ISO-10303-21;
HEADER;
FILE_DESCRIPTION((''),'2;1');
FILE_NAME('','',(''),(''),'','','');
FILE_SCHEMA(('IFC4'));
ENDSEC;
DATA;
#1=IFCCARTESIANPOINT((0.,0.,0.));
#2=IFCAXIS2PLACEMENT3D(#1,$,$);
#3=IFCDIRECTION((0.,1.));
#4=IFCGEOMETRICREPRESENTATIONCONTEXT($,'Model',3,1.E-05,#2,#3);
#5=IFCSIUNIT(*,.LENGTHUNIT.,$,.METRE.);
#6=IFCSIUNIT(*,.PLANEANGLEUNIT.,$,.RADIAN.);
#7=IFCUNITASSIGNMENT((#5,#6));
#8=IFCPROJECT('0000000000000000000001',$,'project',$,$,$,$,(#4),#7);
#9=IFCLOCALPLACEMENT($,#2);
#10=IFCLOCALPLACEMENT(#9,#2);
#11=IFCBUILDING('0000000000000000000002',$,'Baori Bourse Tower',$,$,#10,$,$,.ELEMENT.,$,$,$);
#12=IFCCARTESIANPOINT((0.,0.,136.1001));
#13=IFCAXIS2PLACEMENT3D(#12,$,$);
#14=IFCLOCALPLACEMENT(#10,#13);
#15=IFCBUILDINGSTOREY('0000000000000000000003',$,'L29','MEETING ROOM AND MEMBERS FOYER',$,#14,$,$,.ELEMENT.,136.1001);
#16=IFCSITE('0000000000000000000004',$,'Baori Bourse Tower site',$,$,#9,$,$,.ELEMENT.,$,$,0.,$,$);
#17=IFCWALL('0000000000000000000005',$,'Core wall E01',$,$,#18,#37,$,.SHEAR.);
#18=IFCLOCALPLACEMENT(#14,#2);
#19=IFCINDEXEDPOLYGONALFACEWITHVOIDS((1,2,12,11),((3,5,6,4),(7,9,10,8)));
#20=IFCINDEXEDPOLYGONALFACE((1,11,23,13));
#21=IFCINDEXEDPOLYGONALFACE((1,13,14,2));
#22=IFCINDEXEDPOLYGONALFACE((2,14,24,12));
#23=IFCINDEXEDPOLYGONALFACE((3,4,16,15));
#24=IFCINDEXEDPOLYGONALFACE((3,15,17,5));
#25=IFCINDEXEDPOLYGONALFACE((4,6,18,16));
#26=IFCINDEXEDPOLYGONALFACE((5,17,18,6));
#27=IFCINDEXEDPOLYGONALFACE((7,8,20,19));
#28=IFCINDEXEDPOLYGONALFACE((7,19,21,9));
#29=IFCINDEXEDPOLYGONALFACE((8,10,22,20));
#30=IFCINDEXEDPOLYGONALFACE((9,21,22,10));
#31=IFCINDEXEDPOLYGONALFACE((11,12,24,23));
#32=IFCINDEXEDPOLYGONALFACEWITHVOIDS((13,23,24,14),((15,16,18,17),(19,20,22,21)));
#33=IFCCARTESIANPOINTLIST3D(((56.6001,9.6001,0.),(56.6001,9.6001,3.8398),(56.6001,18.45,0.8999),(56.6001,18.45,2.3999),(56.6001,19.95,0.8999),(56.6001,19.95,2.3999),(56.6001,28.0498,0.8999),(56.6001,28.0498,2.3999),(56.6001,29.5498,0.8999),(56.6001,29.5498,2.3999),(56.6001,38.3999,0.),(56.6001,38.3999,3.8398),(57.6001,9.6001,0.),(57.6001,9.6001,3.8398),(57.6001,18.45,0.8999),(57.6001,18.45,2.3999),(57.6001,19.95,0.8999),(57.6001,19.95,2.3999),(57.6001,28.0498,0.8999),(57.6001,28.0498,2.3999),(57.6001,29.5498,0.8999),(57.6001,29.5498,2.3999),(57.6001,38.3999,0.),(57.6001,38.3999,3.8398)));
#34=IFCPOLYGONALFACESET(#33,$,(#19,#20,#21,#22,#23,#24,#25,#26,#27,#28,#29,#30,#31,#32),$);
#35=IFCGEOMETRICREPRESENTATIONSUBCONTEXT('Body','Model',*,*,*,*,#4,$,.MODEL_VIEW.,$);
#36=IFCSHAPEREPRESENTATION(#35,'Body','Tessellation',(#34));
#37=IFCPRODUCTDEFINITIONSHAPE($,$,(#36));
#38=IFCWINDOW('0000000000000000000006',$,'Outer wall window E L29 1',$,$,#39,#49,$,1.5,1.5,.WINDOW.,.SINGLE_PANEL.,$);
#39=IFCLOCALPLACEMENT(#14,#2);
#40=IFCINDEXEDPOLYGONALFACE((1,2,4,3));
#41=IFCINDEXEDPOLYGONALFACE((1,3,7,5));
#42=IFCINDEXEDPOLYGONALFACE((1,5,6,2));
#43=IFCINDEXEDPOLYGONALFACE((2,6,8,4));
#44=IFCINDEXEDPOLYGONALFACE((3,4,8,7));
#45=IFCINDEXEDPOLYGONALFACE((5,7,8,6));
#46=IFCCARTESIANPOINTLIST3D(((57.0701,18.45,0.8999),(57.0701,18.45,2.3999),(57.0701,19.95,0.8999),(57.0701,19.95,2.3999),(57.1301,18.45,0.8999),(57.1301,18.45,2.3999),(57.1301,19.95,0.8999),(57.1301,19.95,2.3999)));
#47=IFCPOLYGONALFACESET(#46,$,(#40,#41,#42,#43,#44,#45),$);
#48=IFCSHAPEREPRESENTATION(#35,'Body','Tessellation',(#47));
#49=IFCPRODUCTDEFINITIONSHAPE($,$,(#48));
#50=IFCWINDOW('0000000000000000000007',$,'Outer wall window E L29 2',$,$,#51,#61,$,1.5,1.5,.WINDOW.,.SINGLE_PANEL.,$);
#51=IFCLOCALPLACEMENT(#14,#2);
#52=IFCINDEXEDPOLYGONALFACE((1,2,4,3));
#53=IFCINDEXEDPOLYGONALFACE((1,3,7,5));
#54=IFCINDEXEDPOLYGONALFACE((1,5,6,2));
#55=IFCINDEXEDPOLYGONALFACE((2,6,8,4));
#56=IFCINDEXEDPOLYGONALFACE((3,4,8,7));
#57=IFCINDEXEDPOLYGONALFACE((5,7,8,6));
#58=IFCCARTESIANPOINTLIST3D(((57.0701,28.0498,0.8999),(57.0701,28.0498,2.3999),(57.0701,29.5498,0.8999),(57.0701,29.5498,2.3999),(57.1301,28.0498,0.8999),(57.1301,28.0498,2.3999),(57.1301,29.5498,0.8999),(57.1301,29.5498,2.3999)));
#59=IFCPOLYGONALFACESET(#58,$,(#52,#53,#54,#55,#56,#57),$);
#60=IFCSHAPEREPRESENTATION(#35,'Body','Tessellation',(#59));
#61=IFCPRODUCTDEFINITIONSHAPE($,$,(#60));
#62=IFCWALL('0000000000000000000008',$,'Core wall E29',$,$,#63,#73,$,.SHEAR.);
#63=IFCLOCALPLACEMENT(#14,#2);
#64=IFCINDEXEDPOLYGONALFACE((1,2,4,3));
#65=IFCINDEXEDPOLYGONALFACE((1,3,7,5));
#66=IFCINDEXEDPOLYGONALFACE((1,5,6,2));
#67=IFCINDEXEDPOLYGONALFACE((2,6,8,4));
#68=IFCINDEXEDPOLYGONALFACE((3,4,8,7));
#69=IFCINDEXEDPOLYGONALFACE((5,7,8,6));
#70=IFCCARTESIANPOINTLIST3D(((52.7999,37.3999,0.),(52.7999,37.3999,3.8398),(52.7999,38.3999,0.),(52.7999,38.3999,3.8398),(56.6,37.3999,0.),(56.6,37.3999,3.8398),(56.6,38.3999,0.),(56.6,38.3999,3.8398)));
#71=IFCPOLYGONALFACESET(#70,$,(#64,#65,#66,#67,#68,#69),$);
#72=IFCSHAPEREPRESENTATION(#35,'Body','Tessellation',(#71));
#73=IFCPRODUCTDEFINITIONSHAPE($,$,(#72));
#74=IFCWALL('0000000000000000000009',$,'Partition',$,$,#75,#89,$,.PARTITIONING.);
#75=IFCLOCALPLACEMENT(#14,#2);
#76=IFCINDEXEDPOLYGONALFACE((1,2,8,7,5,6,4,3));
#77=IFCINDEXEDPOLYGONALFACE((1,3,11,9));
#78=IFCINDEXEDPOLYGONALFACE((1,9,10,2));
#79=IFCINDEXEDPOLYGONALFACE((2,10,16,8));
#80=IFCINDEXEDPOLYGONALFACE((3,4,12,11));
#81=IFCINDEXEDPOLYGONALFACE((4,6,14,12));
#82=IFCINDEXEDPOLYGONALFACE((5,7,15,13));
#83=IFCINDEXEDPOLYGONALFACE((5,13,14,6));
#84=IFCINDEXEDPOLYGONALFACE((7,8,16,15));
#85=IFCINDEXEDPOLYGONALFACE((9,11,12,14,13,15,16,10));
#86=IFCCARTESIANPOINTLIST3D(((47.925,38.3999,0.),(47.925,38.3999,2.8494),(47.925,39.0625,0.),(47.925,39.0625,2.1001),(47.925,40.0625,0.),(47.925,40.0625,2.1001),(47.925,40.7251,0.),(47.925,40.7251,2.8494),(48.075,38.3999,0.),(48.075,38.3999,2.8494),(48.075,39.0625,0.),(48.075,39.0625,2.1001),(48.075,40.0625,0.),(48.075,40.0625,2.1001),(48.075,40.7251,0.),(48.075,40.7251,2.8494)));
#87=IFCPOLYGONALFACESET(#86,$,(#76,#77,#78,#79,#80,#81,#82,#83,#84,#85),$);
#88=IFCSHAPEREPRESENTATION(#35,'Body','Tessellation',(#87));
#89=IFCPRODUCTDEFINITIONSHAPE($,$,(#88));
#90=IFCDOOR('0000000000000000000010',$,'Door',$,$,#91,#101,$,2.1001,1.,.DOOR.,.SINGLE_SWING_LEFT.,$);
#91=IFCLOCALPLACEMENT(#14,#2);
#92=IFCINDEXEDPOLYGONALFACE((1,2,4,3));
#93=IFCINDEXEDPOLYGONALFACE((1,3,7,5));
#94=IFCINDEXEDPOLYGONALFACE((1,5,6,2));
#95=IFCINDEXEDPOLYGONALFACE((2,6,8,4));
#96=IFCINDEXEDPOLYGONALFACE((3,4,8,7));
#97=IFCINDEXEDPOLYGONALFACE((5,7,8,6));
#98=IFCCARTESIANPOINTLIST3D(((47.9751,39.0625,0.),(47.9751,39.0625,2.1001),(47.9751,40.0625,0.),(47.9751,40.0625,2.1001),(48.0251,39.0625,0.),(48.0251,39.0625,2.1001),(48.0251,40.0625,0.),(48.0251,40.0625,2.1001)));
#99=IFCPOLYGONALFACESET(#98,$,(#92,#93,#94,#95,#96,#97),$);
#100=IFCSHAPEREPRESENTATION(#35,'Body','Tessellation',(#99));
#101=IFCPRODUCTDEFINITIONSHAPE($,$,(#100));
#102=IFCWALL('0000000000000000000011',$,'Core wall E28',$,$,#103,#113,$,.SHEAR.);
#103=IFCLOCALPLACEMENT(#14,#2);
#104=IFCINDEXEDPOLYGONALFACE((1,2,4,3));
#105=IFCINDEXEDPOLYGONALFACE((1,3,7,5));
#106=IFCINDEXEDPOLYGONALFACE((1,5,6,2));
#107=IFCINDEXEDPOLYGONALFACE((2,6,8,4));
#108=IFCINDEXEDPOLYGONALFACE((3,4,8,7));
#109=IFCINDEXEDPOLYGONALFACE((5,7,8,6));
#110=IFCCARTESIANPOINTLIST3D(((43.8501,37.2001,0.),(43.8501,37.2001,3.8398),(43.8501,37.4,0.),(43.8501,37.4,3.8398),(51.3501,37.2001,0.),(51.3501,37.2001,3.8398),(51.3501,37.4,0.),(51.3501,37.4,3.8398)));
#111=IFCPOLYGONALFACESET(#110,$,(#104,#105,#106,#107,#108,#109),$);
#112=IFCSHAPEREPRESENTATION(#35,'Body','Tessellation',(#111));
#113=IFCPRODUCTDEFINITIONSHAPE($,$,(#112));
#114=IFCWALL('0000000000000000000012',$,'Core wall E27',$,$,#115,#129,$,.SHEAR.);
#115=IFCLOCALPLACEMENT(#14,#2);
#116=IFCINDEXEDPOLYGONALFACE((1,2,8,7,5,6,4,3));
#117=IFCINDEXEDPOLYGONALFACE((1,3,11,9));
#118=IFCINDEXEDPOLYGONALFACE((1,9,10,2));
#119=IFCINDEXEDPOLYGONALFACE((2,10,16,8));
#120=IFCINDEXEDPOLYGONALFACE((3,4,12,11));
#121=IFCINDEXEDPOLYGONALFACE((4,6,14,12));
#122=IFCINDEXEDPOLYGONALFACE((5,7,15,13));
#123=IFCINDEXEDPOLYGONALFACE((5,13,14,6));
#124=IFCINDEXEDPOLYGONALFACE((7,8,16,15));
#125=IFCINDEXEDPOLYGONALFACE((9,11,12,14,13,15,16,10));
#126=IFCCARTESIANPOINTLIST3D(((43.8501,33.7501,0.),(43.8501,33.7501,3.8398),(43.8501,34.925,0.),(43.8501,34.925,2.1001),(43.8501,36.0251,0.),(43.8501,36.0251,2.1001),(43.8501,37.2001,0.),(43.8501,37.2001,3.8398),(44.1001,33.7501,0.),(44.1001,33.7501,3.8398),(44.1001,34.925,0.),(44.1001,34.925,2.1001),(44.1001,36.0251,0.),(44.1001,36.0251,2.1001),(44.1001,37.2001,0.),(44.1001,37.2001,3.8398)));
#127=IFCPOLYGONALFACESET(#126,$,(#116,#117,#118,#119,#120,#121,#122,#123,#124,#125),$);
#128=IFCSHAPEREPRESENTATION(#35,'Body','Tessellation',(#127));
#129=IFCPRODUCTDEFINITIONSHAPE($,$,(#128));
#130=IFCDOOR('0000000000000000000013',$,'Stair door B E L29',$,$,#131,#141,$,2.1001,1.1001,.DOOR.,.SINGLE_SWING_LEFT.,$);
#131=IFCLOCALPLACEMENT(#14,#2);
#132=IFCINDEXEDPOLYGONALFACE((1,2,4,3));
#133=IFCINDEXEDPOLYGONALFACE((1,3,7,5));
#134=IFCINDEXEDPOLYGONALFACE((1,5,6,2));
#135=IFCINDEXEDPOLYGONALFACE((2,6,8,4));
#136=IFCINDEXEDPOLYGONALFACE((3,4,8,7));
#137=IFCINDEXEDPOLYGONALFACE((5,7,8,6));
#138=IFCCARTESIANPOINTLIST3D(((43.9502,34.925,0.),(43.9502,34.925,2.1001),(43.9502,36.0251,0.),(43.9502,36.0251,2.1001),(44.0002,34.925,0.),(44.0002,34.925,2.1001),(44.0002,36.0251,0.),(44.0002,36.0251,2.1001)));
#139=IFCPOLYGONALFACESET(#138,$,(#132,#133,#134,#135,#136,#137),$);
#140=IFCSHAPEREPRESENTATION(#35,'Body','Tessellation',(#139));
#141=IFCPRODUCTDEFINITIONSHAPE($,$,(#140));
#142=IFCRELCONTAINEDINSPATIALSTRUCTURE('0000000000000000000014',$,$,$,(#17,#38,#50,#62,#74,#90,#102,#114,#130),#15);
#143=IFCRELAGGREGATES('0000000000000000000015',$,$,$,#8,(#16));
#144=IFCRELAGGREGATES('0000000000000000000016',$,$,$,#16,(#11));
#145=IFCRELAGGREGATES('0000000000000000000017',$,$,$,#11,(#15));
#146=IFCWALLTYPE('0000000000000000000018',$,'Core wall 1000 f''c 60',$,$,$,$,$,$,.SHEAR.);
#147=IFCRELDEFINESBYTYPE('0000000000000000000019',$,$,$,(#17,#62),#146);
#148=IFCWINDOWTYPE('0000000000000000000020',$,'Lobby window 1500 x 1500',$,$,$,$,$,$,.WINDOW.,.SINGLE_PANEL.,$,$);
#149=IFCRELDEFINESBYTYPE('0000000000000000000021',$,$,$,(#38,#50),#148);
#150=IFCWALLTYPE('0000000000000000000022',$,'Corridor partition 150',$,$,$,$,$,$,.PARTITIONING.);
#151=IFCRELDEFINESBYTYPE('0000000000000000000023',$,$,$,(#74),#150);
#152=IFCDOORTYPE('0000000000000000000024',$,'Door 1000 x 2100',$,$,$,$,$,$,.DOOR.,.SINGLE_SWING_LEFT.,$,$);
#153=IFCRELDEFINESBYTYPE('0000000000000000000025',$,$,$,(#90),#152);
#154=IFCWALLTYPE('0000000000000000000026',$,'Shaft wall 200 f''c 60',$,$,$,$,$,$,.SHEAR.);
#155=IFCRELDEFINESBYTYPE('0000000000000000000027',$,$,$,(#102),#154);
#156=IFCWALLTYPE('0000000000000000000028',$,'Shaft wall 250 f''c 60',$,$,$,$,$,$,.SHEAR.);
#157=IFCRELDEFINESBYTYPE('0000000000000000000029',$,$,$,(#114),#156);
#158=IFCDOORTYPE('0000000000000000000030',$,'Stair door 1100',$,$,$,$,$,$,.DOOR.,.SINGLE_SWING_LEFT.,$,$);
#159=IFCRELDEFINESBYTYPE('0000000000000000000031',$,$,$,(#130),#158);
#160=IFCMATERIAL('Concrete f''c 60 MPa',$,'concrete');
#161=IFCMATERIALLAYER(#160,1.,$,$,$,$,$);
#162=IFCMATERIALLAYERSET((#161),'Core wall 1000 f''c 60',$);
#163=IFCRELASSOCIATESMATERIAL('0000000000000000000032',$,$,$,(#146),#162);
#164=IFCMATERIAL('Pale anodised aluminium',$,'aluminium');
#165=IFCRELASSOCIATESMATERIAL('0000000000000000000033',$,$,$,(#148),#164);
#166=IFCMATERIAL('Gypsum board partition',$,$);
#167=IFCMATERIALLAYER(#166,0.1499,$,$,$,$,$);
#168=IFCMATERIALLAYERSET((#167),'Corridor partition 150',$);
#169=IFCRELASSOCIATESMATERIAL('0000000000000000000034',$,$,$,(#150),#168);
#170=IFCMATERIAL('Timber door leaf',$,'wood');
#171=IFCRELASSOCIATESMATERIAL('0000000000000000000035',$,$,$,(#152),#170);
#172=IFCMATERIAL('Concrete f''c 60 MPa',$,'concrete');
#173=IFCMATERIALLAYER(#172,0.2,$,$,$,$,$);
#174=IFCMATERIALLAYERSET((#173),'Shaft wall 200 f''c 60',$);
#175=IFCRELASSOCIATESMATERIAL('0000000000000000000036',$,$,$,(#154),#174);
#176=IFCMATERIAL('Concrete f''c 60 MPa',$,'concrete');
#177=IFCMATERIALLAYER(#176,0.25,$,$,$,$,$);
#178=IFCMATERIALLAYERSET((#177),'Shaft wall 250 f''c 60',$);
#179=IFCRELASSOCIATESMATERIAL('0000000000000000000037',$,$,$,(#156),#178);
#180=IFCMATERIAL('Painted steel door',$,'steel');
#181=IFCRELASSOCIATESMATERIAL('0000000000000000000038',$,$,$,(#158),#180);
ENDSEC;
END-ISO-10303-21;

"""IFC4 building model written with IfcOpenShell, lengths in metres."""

from ifc_helpers import new_model, si_unit, direction, frame, frame_2d, origin, place, context, subcontext, project, spatial, rectangle, extrude, material, layer, layer_set, type_object, element, fill, save


model = new_model("IFC4")

# Units and contexts
model_context = context("Model", 3, precision=1e-05, world=origin(), true_north=direction((0.0, 1.0)))
body_context = subcontext(model_context, "Body", "Model", "MODEL_VIEW")
ifc_project = project(units=[si_unit("LENGTHUNIT", "METRE"), si_unit("PLANEANGLEUNIT", "RADIAN")], contexts=[model_context])

# Site, building, storey
site_placement = place(None, origin())
site = spatial("IfcSite", under=ifc_project, at=site_placement, Name="Baori Bourse Tower site", CompositionType="ELEMENT", RefElevation=0.0)
building_placement = place(site_placement, origin())
building = spatial("IfcBuilding", under=site, at=building_placement, Name="Baori Bourse Tower", CompositionType="ELEMENT")
storey_placement = place(building_placement, frame((0.0, 0.0, 136.1001)))
storey = spatial("IfcBuildingStorey", under=building, at=storey_placement, Name="L29", Description="MEETING ROOM AND MEMBERS FOYER", CompositionType="ELEMENT", Elevation=136.1001)

# Wall, openings, windows
ifc_material_1 = material(Name="Concrete f'c 60 MPa", Category="concrete")
ifc_layer_1 = layer(ifc_material_1, 1.0)
ifc_layer_set_1 = layer_set([ifc_layer_1], Name="Core wall 1000 f'c 60")
wall_type_1 = type_object("IfcWallType", Name="Core wall 1000 f'c 60", PredefinedType="SHEAR", material=ifc_layer_set_1)
wall_1_placement = place(storey_placement, frame((57.1001, 38.3999, 0.0), z_axis=(0.0, 0.0, 1.0), x_axis=(0.0, -1.0, 0.0)))
wall_1 = element("IfcWall", 1, at=wall_1_placement, inside=storey, type_object=wall_type_1, Name="Core wall E01", PredefinedType="SHEAR", context=body_context, shape_type="SweptSolid", body=[
    extrude(rectangle(XDim=28.7998, YDim=1.0, at=frame_2d((14.3999, 0.0))), origin(), (0.0, 0.0, 1.0), 3.8398),
])
opening_1_placement = place(wall_1_placement, frame((18.45, 0.0, 0.8999)))
opening_1 = element("IfcOpeningElement", 2, at=opening_1_placement, cuts=wall_1, PredefinedType="OPENING", context=body_context, shape_type="SweptSolid", body=[
    extrude(rectangle(XDim=1.5, YDim=1.5, at=frame_2d((0.75, 0.75))), frame((0.0, 0.51, 0.0), z_axis=(0.0, -1.0, 0.0), x_axis=(1.0, 0.0, 0.0)), (0.0, 0.0, 1.0), 1.02),
])
opening_2_placement = place(wall_1_placement, frame((8.8501, 0.0, 0.8999)))
opening_2 = element("IfcOpeningElement", 3, at=opening_2_placement, cuts=wall_1, PredefinedType="OPENING", context=body_context, shape_type="SweptSolid", body=[
    extrude(rectangle(XDim=1.5, YDim=1.5, at=frame_2d((0.75, 0.75))), frame((0.0, 0.51, 0.0), z_axis=(0.0, -1.0, 0.0), x_axis=(1.0, 0.0, 0.0)), (0.0, 0.0, 1.0), 1.02),
])
ifc_material_2 = material(Name="Pale anodised aluminium", Category="aluminium")
window_type = type_object("IfcWindowType", Name="Lobby window 1500 x 1500", PartitioningType="SINGLE_PANEL", PredefinedType="WINDOW", material=ifc_material_2)
window_1_placement = place(opening_1_placement, origin())
window_1 = element("IfcWindow", 4, at=window_1_placement, inside=storey, type_object=window_type, Name="Outer wall window E L29 1", OverallHeight=1.5, OverallWidth=1.5, PartitioningType="SINGLE_PANEL", PredefinedType="WINDOW", context=body_context, shape_type="SweptSolid", body=[
    extrude(rectangle(XDim=1.5, YDim=1.5, at=frame_2d((0.75, 0.75))), frame((0.0, 0.03, 0.0), z_axis=(0.0, -1.0, 0.0), x_axis=(1.0, 0.0, 0.0)), (0.0, 0.0, 1.0), 0.0601),
])
fill(opening_1, window_1)
window_2_placement = place(opening_2_placement, origin())
window_2 = element("IfcWindow", 5, at=window_2_placement, inside=storey, type_object=window_type, Name="Outer wall window E L29 2", OverallHeight=1.5, OverallWidth=1.5, PartitioningType="SINGLE_PANEL", PredefinedType="WINDOW", context=body_context, shape_type="SweptSolid", body=[
    extrude(rectangle(XDim=1.5, YDim=1.5, at=frame_2d((0.75, 0.75))), frame((0.0, 0.03, 0.0), z_axis=(0.0, -1.0, 0.0), x_axis=(1.0, 0.0, 0.0)), (0.0, 0.0, 1.0), 0.0601),
])
fill(opening_2, window_2)

# Wall
wall_2_placement = place(storey_placement, frame((52.8, 37.8999, 0.0), z_axis=(0.0, 0.0, 1.0), x_axis=(1.0, 0.0, 0.0)))
element("IfcWall", 6, at=wall_2_placement, inside=storey, type_object=wall_type_1, Name="Core wall E29", PredefinedType="SHEAR", context=body_context, shape_type="SweptSolid", body=[
    extrude(rectangle(XDim=3.8, YDim=1.0, at=frame_2d((1.8999, 0.0))), origin(), (0.0, 0.0, 1.0), 3.8398),
])

# Wall, opening, door
ifc_material_3 = material(Name="Gypsum board partition")
ifc_layer_2 = layer(ifc_material_3, 0.1499)
ifc_layer_set_2 = layer_set([ifc_layer_2], Name="Corridor partition 150")
wall_type_2 = type_object("IfcWallType", Name="Corridor partition 150", PredefinedType="PARTITIONING", material=ifc_layer_set_2)
wall_3_placement = place(storey_placement, frame((48.0, 38.3999, 0.0), z_axis=(0.0, 0.0, 1.0), x_axis=(0.0, 1.0, 0.0)))
wall_3 = element("IfcWall", 7, at=wall_3_placement, inside=storey, type_object=wall_type_2, Name="Partition", PredefinedType="PARTITIONING", context=body_context, shape_type="SweptSolid", body=[
    extrude(rectangle(XDim=2.3252, YDim=0.1499, at=frame_2d((1.1626, 0.0))), origin(), (0.0, 0.0, 1.0), 2.8494),
])
opening_3_placement = place(wall_3_placement, frame((0.6626, 0.0, 0.0)))
opening_3 = element("IfcOpeningElement", 8, at=opening_3_placement, cuts=wall_3, PredefinedType="OPENING", context=body_context, shape_type="SweptSolid", body=[
    extrude(rectangle(XDim=1.0, YDim=2.1001, at=frame_2d((0.5, 1.05))), frame((0.0, 0.085, 0.0), z_axis=(0.0, -1.0, 0.0), x_axis=(1.0, 0.0, 0.0)), (0.0, 0.0, 1.0), 0.1699),
])
ifc_material_4 = material(Name="Timber door leaf", Category="wood")
door_type_1 = type_object("IfcDoorType", Name="Door 1000 x 2100", OperationType="SINGLE_SWING_LEFT", PredefinedType="DOOR", material=ifc_material_4)
door_1_placement = place(opening_3_placement, origin())
door_1 = element("IfcDoor", 9, at=door_1_placement, inside=storey, type_object=door_type_1, Name="Door", OperationType="SINGLE_SWING_LEFT", OverallHeight=2.1001, OverallWidth=1.0, PredefinedType="DOOR", context=body_context, shape_type="SweptSolid", body=[
    extrude(rectangle(XDim=1.0, YDim=2.1001, at=frame_2d((0.5, 1.05))), frame((0.0, 0.0249, 0.0), z_axis=(0.0, -1.0, 0.0), x_axis=(1.0, 0.0, 0.0)), (0.0, 0.0, 1.0), 0.05),
])
fill(opening_3, door_1)

# Wall
ifc_material_5 = material(Name="Concrete f'c 60 MPa", Category="concrete")
ifc_layer_3 = layer(ifc_material_5, 0.2)
ifc_layer_set_3 = layer_set([ifc_layer_3], Name="Shaft wall 200 f'c 60")
wall_type_3 = type_object("IfcWallType", Name="Shaft wall 200 f'c 60", PredefinedType="SHEAR", material=ifc_layer_set_3)
wall_4_placement = place(storey_placement, frame((43.8501, 37.3, 0.0), z_axis=(0.0, 0.0, 1.0), x_axis=(1.0, 0.0, 0.0)))
element("IfcWall", 10, at=wall_4_placement, inside=storey, type_object=wall_type_3, Name="Core wall E28", PredefinedType="SHEAR", context=body_context, shape_type="SweptSolid", body=[
    extrude(rectangle(XDim=7.5, YDim=0.2, at=frame_2d((3.75, 0.0))), origin(), (0.0, 0.0, 1.0), 3.8398),
])

# Wall, opening, door
ifc_material_6 = material(Name="Concrete f'c 60 MPa", Category="concrete")
ifc_layer_4 = layer(ifc_material_6, 0.25)
ifc_layer_set_4 = layer_set([ifc_layer_4], Name="Shaft wall 250 f'c 60")
wall_type_4 = type_object("IfcWallType", Name="Shaft wall 250 f'c 60", PredefinedType="SHEAR", material=ifc_layer_set_4)
wall_5_placement = place(storey_placement, frame((43.9751, 33.75, 0.0), z_axis=(0.0, 0.0, 1.0), x_axis=(0.0, 1.0, 0.0)))
wall_5 = element("IfcWall", 11, at=wall_5_placement, inside=storey, type_object=wall_type_4, Name="Core wall E27", PredefinedType="SHEAR", context=body_context, shape_type="SweptSolid", body=[
    extrude(rectangle(XDim=3.45, YDim=0.25, at=frame_2d((1.7251, 0.0))), origin(), (0.0, 0.0, 1.0), 3.8398),
])
opening_4_placement = place(wall_5_placement, frame((1.175, 0.0, 0.0)))
opening_4 = element("IfcOpeningElement", 12, at=opening_4_placement, cuts=wall_5, PredefinedType="OPENING", context=body_context, shape_type="SweptSolid", body=[
    extrude(rectangle(XDim=1.1001, YDim=2.1001, at=frame_2d((0.55, 1.05))), frame((0.0, 0.135, 0.0), z_axis=(0.0, -1.0, 0.0), x_axis=(1.0, 0.0, 0.0)), (0.0, 0.0, 1.0), 0.27),
])
ifc_material_7 = material(Name="Painted steel door", Category="steel")
door_type_2 = type_object("IfcDoorType", Name="Stair door 1100", OperationType="SINGLE_SWING_LEFT", PredefinedType="DOOR", material=ifc_material_7)
door_2_placement = place(opening_4_placement, origin())
door_2 = element("IfcDoor", 13, at=door_2_placement, inside=storey, type_object=door_type_2, Name="Stair door B E L29", OperationType="SINGLE_SWING_LEFT", OverallHeight=2.1001, OverallWidth=1.1001, PredefinedType="DOOR", context=body_context, shape_type="SweptSolid", body=[
    extrude(rectangle(XDim=1.1001, YDim=2.1001, at=frame_2d((0.55, 1.05))), frame((0.0, 0.0249, 0.0), z_axis=(0.0, -1.0, 0.0), x_axis=(1.0, 0.0, 0.0)), (0.0, 0.0, 1.0), 0.05),
])
fill(opening_4, door_2)

save(model, "model.ifc")
